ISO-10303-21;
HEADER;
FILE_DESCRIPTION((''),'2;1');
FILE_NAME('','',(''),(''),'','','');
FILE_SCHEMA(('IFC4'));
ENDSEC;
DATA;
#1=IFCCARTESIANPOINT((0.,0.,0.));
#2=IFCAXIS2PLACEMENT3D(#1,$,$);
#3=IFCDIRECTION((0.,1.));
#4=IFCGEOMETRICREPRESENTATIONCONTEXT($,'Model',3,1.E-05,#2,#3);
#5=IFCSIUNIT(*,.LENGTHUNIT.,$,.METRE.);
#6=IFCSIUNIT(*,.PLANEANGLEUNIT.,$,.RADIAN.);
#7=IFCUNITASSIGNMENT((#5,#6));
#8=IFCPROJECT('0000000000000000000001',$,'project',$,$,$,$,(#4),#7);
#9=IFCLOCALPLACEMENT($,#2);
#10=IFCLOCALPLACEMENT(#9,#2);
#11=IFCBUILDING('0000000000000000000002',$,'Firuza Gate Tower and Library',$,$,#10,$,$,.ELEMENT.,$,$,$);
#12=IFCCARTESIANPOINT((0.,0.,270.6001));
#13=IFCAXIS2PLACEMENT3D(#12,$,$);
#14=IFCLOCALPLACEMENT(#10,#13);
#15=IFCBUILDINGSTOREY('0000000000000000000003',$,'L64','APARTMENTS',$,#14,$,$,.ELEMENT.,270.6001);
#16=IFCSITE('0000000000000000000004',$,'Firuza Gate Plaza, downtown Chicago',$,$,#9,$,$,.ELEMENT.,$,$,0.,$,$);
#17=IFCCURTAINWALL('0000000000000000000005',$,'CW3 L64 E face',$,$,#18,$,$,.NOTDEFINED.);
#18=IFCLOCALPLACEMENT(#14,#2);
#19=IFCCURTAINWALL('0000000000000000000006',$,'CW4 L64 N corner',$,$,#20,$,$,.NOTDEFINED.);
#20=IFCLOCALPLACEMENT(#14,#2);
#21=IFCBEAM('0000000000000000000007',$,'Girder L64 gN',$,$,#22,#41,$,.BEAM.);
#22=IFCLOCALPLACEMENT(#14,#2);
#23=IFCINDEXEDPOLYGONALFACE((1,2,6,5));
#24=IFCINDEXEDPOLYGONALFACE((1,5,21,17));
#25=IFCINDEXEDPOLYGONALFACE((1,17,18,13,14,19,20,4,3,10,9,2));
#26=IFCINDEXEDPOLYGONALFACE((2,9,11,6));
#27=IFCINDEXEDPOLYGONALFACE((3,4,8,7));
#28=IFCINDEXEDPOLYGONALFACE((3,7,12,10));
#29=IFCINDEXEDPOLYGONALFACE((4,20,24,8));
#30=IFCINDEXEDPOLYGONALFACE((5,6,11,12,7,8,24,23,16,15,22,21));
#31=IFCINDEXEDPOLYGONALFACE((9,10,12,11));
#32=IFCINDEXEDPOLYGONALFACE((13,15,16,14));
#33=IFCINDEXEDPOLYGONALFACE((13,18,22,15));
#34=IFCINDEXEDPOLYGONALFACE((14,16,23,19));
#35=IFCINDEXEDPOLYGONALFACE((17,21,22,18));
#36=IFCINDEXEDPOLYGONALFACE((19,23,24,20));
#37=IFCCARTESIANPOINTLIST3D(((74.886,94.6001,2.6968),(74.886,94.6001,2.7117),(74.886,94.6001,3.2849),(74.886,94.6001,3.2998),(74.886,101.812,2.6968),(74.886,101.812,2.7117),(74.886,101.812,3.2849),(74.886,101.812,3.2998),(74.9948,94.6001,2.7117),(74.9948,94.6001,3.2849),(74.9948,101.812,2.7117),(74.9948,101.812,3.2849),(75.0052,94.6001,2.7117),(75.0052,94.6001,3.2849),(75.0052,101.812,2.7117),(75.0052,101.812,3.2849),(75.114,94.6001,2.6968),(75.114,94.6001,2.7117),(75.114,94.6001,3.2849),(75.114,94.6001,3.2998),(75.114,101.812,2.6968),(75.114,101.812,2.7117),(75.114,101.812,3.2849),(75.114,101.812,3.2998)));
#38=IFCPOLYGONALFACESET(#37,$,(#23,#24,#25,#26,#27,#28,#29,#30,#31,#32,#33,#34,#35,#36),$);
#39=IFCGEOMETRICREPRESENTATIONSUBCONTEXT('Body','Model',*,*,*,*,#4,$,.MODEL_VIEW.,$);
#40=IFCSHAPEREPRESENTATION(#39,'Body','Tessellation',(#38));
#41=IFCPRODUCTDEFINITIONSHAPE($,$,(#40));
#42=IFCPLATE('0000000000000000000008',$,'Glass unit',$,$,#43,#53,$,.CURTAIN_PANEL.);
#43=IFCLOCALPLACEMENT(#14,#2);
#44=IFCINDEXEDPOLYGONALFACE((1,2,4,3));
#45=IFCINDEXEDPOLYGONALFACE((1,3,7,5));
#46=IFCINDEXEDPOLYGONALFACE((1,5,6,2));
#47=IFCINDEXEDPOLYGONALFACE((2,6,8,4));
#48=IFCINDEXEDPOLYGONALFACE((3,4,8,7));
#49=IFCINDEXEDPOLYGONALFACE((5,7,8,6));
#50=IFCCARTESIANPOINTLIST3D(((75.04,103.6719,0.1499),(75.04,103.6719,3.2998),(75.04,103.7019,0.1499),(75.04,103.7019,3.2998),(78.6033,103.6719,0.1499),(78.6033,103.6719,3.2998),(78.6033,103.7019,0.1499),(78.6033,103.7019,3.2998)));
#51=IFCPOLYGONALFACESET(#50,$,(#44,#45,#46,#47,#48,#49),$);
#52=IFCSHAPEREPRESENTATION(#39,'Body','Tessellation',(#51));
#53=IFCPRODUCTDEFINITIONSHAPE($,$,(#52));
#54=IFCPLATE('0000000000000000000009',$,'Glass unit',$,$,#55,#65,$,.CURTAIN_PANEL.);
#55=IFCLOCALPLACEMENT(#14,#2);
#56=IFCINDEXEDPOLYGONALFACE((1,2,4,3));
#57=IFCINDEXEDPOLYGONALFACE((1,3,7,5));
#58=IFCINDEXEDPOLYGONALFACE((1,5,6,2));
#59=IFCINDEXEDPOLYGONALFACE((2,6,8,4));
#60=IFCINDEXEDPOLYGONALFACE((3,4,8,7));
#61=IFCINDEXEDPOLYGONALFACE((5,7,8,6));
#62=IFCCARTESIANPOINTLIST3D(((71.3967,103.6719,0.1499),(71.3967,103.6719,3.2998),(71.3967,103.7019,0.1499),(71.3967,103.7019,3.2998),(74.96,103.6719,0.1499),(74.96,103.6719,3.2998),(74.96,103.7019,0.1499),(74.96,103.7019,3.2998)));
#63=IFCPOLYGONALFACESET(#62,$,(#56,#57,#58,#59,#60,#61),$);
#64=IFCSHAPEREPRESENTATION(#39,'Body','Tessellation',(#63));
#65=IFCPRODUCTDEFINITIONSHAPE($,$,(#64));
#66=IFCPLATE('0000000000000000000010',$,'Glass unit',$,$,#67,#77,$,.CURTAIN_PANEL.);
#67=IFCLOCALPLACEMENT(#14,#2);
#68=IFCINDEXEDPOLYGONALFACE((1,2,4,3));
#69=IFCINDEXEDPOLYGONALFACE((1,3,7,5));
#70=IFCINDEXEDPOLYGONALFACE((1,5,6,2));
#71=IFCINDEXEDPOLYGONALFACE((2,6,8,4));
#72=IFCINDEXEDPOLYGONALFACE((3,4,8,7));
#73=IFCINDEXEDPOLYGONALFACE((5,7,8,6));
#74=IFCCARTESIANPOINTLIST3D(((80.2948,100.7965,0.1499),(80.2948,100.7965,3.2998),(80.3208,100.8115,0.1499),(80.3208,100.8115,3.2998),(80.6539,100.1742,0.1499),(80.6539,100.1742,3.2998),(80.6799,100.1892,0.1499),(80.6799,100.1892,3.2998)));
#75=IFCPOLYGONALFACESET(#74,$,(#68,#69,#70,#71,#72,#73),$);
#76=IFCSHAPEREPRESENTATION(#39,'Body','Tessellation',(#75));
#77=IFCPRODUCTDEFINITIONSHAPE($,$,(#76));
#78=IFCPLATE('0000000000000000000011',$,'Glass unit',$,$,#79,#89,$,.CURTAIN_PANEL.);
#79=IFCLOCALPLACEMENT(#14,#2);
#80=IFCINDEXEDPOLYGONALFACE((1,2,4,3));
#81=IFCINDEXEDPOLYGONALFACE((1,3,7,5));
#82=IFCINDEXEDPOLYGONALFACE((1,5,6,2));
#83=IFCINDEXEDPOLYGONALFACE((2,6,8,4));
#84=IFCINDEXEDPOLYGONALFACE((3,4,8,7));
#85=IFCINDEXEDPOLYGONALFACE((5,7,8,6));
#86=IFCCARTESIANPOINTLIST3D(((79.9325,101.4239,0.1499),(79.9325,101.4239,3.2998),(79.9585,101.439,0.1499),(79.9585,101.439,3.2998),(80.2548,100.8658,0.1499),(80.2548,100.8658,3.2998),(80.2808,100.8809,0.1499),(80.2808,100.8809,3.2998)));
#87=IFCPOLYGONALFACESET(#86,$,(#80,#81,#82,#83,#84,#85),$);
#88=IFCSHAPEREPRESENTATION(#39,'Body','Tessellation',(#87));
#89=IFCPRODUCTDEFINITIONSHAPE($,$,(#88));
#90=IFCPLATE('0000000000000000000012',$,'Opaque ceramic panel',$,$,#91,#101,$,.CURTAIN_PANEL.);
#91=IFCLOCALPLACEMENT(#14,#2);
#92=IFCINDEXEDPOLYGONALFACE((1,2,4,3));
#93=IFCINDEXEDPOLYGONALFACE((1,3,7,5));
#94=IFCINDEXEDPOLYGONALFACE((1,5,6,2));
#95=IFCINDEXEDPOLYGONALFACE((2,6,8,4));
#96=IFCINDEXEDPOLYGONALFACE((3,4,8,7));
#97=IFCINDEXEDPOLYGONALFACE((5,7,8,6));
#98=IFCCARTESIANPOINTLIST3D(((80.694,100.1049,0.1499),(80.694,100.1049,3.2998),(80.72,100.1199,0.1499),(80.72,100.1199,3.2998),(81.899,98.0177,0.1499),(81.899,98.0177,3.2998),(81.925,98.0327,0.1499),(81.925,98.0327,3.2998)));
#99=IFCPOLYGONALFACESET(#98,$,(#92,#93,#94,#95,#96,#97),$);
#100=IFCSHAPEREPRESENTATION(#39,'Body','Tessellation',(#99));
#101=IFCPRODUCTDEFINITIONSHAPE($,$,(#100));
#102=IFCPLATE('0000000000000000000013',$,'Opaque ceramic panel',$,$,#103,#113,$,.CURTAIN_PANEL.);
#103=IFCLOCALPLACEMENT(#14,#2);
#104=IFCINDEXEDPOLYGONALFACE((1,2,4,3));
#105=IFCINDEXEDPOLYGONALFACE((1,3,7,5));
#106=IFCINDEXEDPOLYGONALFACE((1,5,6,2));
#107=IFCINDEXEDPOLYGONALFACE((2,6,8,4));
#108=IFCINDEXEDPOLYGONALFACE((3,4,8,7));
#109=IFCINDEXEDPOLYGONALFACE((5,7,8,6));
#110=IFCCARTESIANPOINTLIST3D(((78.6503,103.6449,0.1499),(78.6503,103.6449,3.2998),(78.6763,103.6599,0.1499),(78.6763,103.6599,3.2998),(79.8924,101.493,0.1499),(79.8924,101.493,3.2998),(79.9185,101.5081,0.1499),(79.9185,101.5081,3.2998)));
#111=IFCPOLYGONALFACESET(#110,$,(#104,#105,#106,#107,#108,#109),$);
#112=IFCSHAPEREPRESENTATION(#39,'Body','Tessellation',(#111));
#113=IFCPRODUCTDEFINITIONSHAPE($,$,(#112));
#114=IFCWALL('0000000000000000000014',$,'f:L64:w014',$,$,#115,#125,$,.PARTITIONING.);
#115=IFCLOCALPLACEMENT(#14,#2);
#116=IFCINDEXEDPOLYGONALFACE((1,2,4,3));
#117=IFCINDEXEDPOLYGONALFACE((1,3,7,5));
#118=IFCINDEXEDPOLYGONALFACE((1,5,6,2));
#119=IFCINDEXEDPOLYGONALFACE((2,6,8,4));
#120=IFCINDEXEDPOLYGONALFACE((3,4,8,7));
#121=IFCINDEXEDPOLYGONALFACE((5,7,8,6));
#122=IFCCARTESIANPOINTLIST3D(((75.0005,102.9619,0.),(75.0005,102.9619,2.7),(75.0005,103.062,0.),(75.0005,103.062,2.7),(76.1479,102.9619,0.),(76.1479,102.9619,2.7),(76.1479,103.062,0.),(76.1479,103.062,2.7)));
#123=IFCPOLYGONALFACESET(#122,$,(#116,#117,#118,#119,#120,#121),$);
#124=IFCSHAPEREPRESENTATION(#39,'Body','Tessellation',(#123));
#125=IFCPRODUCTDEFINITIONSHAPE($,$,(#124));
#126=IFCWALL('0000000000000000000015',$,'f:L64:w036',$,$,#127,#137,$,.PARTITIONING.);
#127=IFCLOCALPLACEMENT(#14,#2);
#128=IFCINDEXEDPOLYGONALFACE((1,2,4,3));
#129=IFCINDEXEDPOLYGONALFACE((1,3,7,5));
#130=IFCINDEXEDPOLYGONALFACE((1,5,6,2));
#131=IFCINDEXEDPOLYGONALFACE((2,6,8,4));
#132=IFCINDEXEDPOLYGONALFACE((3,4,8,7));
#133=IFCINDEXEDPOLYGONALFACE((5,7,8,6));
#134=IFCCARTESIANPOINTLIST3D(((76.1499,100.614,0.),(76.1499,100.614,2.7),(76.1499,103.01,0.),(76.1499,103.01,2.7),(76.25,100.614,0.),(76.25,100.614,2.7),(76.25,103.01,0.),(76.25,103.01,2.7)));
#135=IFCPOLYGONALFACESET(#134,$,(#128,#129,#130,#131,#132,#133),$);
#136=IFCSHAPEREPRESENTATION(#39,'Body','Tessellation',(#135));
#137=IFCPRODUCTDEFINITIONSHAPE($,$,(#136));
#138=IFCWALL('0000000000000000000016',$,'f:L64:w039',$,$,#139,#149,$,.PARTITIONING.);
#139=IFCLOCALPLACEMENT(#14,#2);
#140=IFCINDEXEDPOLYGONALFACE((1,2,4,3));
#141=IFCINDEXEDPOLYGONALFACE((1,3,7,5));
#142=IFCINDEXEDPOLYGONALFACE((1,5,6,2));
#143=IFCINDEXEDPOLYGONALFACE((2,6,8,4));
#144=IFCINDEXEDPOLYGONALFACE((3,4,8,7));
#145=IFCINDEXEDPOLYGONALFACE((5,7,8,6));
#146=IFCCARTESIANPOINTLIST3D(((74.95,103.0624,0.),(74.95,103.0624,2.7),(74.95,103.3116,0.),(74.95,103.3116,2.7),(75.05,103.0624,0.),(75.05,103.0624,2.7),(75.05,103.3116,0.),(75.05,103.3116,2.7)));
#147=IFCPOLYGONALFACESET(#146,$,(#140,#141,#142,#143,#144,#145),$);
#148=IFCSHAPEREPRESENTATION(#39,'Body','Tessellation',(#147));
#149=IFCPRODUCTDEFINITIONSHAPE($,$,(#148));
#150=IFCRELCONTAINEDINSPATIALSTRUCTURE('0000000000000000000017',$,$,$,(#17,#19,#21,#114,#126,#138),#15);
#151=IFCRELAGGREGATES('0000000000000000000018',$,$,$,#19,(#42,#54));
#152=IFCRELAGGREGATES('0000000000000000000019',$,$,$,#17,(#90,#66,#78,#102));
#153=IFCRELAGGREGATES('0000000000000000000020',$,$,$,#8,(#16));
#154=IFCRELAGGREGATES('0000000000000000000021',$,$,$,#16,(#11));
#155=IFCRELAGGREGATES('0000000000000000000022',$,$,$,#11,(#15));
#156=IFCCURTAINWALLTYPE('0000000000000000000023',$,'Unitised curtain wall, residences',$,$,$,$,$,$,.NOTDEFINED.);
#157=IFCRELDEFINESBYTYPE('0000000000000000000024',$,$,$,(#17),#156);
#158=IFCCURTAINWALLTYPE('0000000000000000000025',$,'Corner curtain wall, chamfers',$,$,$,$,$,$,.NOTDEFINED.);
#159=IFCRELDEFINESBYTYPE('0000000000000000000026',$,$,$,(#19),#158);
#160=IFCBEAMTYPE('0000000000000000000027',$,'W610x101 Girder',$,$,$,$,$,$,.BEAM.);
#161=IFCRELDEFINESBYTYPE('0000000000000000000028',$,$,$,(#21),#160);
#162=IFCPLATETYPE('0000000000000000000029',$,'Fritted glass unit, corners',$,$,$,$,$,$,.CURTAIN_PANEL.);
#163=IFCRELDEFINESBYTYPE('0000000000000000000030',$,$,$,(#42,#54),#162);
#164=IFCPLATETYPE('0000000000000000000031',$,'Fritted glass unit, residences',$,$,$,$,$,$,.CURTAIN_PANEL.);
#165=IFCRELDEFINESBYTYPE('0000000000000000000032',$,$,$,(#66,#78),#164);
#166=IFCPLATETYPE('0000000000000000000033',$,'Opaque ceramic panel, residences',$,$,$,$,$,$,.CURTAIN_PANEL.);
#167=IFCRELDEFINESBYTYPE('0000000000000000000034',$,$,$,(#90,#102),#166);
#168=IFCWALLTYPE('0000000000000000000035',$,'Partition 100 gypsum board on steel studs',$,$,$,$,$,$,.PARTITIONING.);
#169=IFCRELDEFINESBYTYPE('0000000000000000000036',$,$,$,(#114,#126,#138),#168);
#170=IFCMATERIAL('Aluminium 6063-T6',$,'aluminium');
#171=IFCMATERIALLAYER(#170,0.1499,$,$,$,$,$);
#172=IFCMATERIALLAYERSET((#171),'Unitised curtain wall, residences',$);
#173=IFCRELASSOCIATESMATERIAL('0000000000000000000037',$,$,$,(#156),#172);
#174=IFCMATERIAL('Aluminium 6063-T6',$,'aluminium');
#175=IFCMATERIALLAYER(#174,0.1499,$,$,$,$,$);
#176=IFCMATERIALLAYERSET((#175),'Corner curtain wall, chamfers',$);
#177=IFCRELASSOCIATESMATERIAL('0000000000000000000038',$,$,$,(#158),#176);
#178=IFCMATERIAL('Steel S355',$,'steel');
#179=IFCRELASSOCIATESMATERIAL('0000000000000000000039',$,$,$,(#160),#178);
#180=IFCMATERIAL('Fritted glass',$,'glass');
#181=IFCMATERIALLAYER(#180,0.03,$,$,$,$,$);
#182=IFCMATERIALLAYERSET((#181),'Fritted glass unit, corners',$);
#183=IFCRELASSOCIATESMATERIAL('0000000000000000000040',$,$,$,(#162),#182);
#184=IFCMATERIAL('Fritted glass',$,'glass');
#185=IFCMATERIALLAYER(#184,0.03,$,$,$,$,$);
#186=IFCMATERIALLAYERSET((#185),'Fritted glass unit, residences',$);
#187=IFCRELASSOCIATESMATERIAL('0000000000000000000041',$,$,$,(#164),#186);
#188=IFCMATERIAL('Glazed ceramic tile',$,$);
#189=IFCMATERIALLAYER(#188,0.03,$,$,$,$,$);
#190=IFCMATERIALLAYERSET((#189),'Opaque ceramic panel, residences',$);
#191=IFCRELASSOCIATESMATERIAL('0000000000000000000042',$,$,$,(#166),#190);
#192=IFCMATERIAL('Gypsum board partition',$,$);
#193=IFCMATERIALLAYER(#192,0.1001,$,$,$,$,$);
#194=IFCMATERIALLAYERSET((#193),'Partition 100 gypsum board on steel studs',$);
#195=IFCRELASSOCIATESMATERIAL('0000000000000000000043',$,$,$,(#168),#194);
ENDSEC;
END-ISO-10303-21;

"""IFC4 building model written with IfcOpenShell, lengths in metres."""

from ifc_helpers import new_model, si_unit, direction, frame, frame_2d, origin, origin_2d, place, context, subcontext, project, spatial, polyline, rectangle, i_section, outline, extrude, material, layer, layer_set, material_profile, profile_set, type_object, element, aggregate, save


model = new_model("IFC4")

# Units and contexts
model_context = context("Model", 3, precision=1e-05, world=origin(), true_north=direction((0.0, 1.0)))
body_context = subcontext(model_context, "Body", "Model", "MODEL_VIEW")
ifc_project = project(units=[si_unit("LENGTHUNIT", "METRE"), si_unit("PLANEANGLEUNIT", "RADIAN")], contexts=[model_context])

# Site, building, storey
site_placement = place(None, origin())
site = spatial("IfcSite", under=ifc_project, at=site_placement, Name="Firuza Gate Plaza, downtown Chicago", CompositionType="ELEMENT", RefElevation=0.0)
building_placement = place(site_placement, origin())
building = spatial("IfcBuilding", under=site, at=building_placement, Name="Firuza Gate Tower and Library", CompositionType="ELEMENT")
storey_placement = place(building_placement, frame((0.0, 0.0, 270.6001)))
storey = spatial("IfcBuildingStorey", under=building, at=storey_placement, Name="L64", Description="APARTMENTS", CompositionType="ELEMENT", Elevation=270.6001)

# Curtain walls
ifc_material_1 = material(Name="Aluminium 6063-T6", Category="aluminium")
ifc_layer_1 = layer(ifc_material_1, 0.1499)
ifc_layer_set_1 = layer_set([ifc_layer_1], Name="Unitised curtain wall, residences")
curtain_wall_type_1 = type_object("IfcCurtainWallType", Name="Unitised curtain wall, residences", PredefinedType="NOTDEFINED", material=ifc_layer_set_1)
placement = place(storey_placement, origin())
curtain_wall_1 = element("IfcCurtainWall", 1, at=placement, inside=storey, type_object=curtain_wall_type_1, Name="CW3 L64 E face", PredefinedType="NOTDEFINED")
ifc_material_2 = material(Name="Aluminium 6063-T6", Category="aluminium")
ifc_layer_2 = layer(ifc_material_2, 0.1499)
ifc_layer_set_2 = layer_set([ifc_layer_2], Name="Corner curtain wall, chamfers")
curtain_wall_type_2 = type_object("IfcCurtainWallType", Name="Corner curtain wall, chamfers", PredefinedType="NOTDEFINED", material=ifc_layer_set_2)
curtain_wall_2 = element("IfcCurtainWall", 2, at=placement, inside=storey, type_object=curtain_wall_type_2, Name="CW4 L64 N corner", PredefinedType="NOTDEFINED")

# Beam
ifc_material_3 = material(Name="Steel S355", Category="steel")
ifc_material_profile_1 = material_profile(ifc_material_3, i_section(OverallWidth=0.228, OverallDepth=0.603, WebThickness=0.0105, FlangeThickness=0.0149, at=origin_2d()))
ifc_profile_set_1 = profile_set([ifc_material_profile_1], Name="Steel S355")
beam_type_1 = type_object("IfcBeamType", Name="W610x101 Girder", PredefinedType="BEAM", material=ifc_profile_set_1)
beam_1_placement = place(storey_placement, frame((75.0, 101.812, 2.9983), z_axis=(0.0, -1.0, 0.0), x_axis=(1.0, 0.0, 0.0)))
element("IfcBeam", 3, at=beam_1_placement, inside=storey, type_object=beam_type_1, Name="Girder L64 gN", PredefinedType="BEAM", context=body_context, shape_type="SweptSolid", body=[
    extrude(i_section(OverallWidth=0.228, OverallDepth=0.603, WebThickness=0.0105, FlangeThickness=0.0149, at=origin_2d()), origin(), (0.0, 0.0, 1.0), 7.2119),
])

# Plates
ifc_material_4 = material(Name="Fritted glass", Category="glass")
ifc_layer_3 = layer(ifc_material_4, 0.03)
ifc_layer_set_3 = layer_set([ifc_layer_3], Name="Fritted glass unit, corners")
plate_type_1 = type_object("IfcPlateType", Name="Fritted glass unit, corners", PredefinedType="CURTAIN_PANEL", material=ifc_layer_set_3)
plate_1_placement = place(storey_placement, frame((78.6033, 103.7019, 0.1499), z_axis=(0.0, 1.0, 0.0), x_axis=(-1.0, 0.0, 0.0)))
plate_1 = element("IfcPlate", 4, at=plate_1_placement, type_object=plate_type_1, Name="Glass unit", PredefinedType="CURTAIN_PANEL", context=body_context, shape_type="SweptSolid", body=[
    extrude(outline(polyline([(0.0, 0.0), (3.5632, 0.0), (3.5632, 3.1499), (0.0, 3.1499), (0.0, 0.0)])), origin(), (0.0, 0.0, -1.0), 0.03),
])
plate_2_placement = place(storey_placement, frame((74.96, 103.7019, 0.1499), z_axis=(0.0, 1.0, 0.0), x_axis=(-1.0, 0.0, 0.0)))
plate_2 = element("IfcPlate", 5, at=plate_2_placement, type_object=plate_type_1, Name="Glass unit", PredefinedType="CURTAIN_PANEL", context=body_context, shape_type="SweptSolid", body=[
    extrude(outline(polyline([(0.0, 0.0), (3.5632, 0.0), (3.5632, 3.1499), (0.0, 3.1499), (0.0, 0.0)])), origin(), (0.0, 0.0, -1.0), 0.03),
])
aggregate(curtain_wall_2, [plate_1, plate_2])
ifc_material_5 = material(Name="Fritted glass", Category="glass")
ifc_layer_4 = layer(ifc_material_5, 0.03)
ifc_layer_set_4 = layer_set([ifc_layer_4], Name="Fritted glass unit, residences")
plate_type_2 = type_object("IfcPlateType", Name="Fritted glass unit, residences", PredefinedType="CURTAIN_PANEL", material=ifc_layer_set_4)
plate_3_placement = place(storey_placement, frame((80.6799, 100.1892, 0.1499), z_axis=(0.866123, 0.49983, 0.0), x_axis=(-0.49983, 0.866123, 0.0)))
plate_3 = element("IfcPlate", 6, at=plate_3_placement, type_object=plate_type_2, Name="Glass unit", PredefinedType="CURTAIN_PANEL", context=body_context, shape_type="SweptSolid", body=[
    extrude(outline(polyline([(0.0, 0.0), (0.7185, 0.0), (0.7185, 3.1499), (0.0, 3.1499), (0.0, 0.0)])), origin(), (0.0, 0.0, -1.0), 0.03),
])
plate_4_placement = place(storey_placement, frame((80.2808, 100.8809, 0.1499), z_axis=(0.865996, 0.50005, 0.0), x_axis=(-0.50005, 0.865996, 0.0)))
plate_4 = element("IfcPlate", 7, at=plate_4_placement, type_object=plate_type_2, Name="Glass unit", PredefinedType="CURTAIN_PANEL", context=body_context, shape_type="SweptSolid", body=[
    extrude(outline(polyline([(0.0, 0.0), (0.6445, 0.0), (0.6445, 3.1499), (0.0, 3.1499), (0.0, 0.0)])), origin(), (0.0, 0.0, -1.0), 0.03),
])
ifc_material_6 = material(Name="Glazed ceramic tile")
ifc_layer_5 = layer(ifc_material_6, 0.03)
ifc_layer_set_5 = layer_set([ifc_layer_5], Name="Opaque ceramic panel, residences")
plate_type_3 = type_object("IfcPlateType", Name="Opaque ceramic panel, residences", PredefinedType="CURTAIN_PANEL", material=ifc_layer_set_5)
plate_5_placement = place(storey_placement, frame((81.925, 98.0327, 0.1499), z_axis=(0.866015, 0.500018, 0.0), x_axis=(-0.500018, 0.866015, 0.0)))
plate_5 = element("IfcPlate", 8, at=plate_5_placement, type_object=plate_type_3, Name="Opaque ceramic panel", PredefinedType="CURTAIN_PANEL", context=body_context, shape_type="SweptSolid", body=[
    extrude(outline(polyline([(0.0, 0.0), (2.4101, 0.0), (2.4101, 3.1499), (0.0, 3.1499), (0.0, 0.0)])), origin(), (0.0, 0.0, -1.0), 0.03),
])
plate_6_placement = place(storey_placement, frame((79.9185, 101.5081, 0.1499), z_axis=(0.866058, 0.499944, 0.0), x_axis=(-0.499944, 0.866058, 0.0)))
plate_6 = element("IfcPlate", 9, at=plate_6_placement, type_object=plate_type_3, Name="Opaque ceramic panel", PredefinedType="CURTAIN_PANEL", context=body_context, shape_type="SweptSolid", body=[
    extrude(outline(polyline([(0.0, 0.0), (2.4847, 0.0), (2.4847, 3.1499), (0.0, 3.1499), (0.0, 0.0)])), origin(), (0.0, 0.0, -1.0), 0.03),
])
aggregate(curtain_wall_1, [plate_5, plate_3, plate_4, plate_6])

# Walls
ifc_material_7 = material(Name="Gypsum board partition")
ifc_layer_6 = layer(ifc_material_7, 0.1001)
ifc_layer_set_6 = layer_set([ifc_layer_6], Name="Partition 100 gypsum board on steel studs")
wall_type = type_object("IfcWallType", Name="Partition 100 gypsum board on steel studs", PredefinedType="PARTITIONING", material=ifc_layer_set_6)
wall_1_placement = place(storey_placement, frame((75.0005, 103.012, 0.0), z_axis=(0.0, 0.0, 1.0), x_axis=(1.0, 0.0, 0.0)))
element("IfcWall", 10, at=wall_1_placement, inside=storey, type_object=wall_type, Name="f:L64:w014", PredefinedType="PARTITIONING", context=body_context, shape_type="SweptSolid", body=[
    extrude(rectangle(XDim=1.1475, YDim=0.1001, at=frame_2d((0.5737, 0.0))), origin(), (0.0, 0.0, 1.0), 2.7),
])
wall_2_placement = place(storey_placement, frame((76.2, 100.614, 0.0), z_axis=(0.0, 0.0, 1.0), x_axis=(0.0, 1.0, 0.0)))
element("IfcWall", 11, at=wall_2_placement, inside=storey, type_object=wall_type, Name="f:L64:w036", PredefinedType="PARTITIONING", context=body_context, shape_type="SweptSolid", body=[
    extrude(rectangle(XDim=2.396, YDim=0.1001, at=frame_2d((1.198, 0.0))), origin(), (0.0, 0.0, 1.0), 2.7),
])
wall_3_placement = place(storey_placement, frame((75.0, 103.0625, 0.0), z_axis=(0.0, 0.0, 1.0), x_axis=(0.0, 1.0, 0.0)))
element("IfcWall", 12, at=wall_3_placement, inside=storey, type_object=wall_type, Name="f:L64:w039", PredefinedType="PARTITIONING", context=body_context, shape_type="SweptSolid", body=[
    extrude(rectangle(XDim=0.2493, YDim=0.1001, at=frame_2d((0.1245, 0.0))), origin(), (0.0, 0.0, 1.0), 2.7),
])

save(model, "model.ifc")
